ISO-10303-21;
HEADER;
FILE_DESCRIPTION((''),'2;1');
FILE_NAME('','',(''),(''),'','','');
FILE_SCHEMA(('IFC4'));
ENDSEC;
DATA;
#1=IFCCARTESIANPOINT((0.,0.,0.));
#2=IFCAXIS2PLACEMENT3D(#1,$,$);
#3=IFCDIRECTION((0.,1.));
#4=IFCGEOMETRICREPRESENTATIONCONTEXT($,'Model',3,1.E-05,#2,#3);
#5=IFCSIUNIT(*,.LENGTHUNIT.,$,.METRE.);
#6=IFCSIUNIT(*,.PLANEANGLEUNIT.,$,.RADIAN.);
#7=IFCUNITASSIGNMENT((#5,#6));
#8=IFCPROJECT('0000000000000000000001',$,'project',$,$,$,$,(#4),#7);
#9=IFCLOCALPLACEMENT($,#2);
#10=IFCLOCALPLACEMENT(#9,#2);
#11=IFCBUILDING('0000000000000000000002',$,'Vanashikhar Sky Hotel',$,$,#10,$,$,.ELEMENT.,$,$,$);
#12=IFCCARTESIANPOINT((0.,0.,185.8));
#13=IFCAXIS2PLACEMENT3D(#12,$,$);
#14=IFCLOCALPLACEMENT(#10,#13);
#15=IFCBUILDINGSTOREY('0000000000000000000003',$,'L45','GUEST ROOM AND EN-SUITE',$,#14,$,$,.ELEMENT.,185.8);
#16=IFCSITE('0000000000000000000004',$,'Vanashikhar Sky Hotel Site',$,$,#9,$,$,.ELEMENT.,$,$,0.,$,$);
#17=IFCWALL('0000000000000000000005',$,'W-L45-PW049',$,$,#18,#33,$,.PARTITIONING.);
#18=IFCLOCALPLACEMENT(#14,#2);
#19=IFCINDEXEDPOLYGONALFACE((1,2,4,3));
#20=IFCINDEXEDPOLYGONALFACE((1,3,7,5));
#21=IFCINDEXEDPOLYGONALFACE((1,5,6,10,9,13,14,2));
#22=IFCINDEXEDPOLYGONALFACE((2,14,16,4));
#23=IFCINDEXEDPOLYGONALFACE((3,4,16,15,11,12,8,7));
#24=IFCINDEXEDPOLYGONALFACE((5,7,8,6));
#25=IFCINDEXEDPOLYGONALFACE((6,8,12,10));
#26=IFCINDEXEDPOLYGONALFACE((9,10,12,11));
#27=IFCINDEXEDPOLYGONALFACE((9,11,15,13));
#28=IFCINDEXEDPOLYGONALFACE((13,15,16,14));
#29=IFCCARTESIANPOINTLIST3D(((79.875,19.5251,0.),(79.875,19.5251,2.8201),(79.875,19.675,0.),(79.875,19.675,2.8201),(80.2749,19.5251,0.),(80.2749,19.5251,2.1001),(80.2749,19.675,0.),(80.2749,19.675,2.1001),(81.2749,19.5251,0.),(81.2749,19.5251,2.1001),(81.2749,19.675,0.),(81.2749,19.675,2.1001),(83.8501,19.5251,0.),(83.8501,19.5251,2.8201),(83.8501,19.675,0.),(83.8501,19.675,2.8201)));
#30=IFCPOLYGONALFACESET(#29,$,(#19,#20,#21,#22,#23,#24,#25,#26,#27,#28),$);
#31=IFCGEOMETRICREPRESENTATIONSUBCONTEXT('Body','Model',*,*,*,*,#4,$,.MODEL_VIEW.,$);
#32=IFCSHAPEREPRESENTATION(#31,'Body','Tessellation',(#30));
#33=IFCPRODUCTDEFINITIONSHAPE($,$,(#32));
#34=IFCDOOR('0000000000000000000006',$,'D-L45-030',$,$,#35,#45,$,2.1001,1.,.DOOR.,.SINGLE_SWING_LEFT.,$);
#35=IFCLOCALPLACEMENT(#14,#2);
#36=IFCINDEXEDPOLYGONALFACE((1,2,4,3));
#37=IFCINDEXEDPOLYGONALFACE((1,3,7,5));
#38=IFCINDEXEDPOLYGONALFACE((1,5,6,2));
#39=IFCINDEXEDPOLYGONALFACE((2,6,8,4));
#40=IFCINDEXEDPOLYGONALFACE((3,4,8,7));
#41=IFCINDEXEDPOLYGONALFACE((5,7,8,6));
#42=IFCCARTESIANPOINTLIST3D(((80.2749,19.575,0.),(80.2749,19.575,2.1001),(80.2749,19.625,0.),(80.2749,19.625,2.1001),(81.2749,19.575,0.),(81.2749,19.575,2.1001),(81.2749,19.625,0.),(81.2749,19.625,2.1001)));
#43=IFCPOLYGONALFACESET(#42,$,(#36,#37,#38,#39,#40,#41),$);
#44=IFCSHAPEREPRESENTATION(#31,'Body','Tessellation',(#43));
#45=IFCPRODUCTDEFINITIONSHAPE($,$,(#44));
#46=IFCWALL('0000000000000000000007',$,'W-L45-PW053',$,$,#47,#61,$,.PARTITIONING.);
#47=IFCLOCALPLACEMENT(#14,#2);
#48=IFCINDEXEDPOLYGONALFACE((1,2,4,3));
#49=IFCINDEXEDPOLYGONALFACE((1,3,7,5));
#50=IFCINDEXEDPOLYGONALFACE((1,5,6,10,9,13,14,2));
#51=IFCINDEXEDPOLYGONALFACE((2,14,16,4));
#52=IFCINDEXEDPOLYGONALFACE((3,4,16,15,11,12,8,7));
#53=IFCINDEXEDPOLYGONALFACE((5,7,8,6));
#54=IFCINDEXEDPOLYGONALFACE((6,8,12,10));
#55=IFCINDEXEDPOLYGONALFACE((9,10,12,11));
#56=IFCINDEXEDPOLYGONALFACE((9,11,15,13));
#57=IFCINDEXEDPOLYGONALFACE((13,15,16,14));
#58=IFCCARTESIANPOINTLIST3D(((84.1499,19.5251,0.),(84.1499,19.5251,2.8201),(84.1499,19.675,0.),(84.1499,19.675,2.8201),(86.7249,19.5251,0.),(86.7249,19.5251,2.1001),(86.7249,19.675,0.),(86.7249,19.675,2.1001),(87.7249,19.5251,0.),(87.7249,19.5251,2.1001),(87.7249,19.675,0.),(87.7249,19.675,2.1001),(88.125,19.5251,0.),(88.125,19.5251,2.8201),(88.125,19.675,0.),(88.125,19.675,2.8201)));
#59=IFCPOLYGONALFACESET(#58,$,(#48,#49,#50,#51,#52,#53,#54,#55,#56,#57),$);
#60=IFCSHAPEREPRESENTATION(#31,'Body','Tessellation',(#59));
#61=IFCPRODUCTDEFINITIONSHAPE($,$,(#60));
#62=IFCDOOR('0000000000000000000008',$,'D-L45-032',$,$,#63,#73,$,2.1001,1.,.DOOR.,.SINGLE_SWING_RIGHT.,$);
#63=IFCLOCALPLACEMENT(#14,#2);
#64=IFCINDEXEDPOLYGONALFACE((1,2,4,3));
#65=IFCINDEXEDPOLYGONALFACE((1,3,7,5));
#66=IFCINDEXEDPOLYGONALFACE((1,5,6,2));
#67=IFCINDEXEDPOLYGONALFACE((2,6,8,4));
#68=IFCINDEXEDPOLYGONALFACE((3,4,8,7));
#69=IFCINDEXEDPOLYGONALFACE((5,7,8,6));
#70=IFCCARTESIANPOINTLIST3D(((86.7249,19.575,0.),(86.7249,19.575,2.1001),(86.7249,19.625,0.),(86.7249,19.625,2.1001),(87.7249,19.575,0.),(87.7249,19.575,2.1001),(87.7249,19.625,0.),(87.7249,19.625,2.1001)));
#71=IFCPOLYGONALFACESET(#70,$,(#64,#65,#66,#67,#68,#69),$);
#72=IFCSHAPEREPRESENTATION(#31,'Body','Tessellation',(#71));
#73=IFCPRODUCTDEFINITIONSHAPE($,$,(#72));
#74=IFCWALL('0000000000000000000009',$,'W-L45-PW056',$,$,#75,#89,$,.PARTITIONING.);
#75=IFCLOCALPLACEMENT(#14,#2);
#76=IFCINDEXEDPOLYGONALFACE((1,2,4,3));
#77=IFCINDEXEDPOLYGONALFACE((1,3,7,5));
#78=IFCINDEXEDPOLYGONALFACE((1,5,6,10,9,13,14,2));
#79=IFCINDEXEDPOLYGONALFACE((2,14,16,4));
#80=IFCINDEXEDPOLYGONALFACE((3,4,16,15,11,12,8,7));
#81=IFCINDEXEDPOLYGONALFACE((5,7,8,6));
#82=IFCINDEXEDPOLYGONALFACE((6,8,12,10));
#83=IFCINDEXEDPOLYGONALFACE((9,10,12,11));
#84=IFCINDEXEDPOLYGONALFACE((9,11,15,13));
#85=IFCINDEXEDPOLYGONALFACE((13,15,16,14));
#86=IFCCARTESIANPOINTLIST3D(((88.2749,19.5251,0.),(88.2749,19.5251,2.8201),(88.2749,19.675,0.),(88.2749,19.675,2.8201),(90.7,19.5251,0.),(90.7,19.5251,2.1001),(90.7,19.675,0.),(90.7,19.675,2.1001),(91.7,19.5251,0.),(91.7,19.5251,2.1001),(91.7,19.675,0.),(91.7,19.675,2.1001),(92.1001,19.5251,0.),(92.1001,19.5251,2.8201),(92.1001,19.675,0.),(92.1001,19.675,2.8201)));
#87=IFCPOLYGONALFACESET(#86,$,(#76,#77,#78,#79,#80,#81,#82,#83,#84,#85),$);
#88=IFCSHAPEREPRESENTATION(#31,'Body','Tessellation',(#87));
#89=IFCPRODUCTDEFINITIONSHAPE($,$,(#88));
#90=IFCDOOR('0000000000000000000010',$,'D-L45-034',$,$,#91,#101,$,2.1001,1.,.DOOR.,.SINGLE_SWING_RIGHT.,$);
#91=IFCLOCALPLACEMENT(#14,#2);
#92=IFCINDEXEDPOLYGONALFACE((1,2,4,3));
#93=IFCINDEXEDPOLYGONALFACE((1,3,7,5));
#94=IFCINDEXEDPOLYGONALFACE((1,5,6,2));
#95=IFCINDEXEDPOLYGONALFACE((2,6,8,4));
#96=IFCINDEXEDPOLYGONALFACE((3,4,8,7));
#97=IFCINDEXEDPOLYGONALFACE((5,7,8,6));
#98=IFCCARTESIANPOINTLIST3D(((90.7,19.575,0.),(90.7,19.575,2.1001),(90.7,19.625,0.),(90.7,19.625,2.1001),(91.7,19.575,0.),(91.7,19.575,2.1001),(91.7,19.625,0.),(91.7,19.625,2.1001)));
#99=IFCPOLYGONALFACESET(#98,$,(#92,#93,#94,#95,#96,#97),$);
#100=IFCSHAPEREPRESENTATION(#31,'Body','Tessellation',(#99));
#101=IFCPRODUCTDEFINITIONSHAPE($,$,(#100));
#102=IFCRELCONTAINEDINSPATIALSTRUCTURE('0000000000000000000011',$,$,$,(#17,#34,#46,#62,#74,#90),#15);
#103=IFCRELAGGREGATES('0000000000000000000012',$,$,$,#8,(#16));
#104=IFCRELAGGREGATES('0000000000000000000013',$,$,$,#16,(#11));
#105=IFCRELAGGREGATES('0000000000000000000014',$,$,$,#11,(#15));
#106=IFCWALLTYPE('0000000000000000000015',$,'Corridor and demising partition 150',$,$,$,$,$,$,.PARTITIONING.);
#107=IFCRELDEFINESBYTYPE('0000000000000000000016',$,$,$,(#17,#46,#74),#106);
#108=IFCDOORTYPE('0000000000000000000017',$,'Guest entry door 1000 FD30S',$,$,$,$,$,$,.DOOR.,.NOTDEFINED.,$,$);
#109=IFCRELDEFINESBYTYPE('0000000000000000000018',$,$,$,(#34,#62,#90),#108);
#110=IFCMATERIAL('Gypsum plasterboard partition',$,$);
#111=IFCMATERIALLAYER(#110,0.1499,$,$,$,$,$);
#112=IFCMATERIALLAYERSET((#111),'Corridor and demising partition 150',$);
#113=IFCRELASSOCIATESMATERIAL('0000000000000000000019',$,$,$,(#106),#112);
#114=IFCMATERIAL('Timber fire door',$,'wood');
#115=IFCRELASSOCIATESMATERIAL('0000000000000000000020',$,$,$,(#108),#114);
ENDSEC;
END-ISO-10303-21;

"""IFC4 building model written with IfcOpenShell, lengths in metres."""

from ifc_helpers import new_model, si_unit, direction, frame, frame_2d, origin, place, context, subcontext, project, spatial, rectangle, extrude, source, transform, mapped, material, layer, layer_set, type_object, element, fill, save


model = new_model("IFC4")

# Units and contexts
model_context = context("Model", 3, precision=1e-05, world=origin(), true_north=direction((0.0, 1.0)))
body_context = subcontext(model_context, "Body", "Model", "MODEL_VIEW")
ifc_project = project(units=[si_unit("LENGTHUNIT", "METRE"), si_unit("PLANEANGLEUNIT", "RADIAN")], contexts=[model_context])

# Site, building, storey
site_placement = place(None, origin())
site = spatial("IfcSite", under=ifc_project, at=site_placement, Name="Vanashikhar Sky Hotel Site", CompositionType="ELEMENT", RefElevation=0.0)
building_placement = place(site_placement, origin())
building = spatial("IfcBuilding", under=site, at=building_placement, Name="Vanashikhar Sky Hotel", CompositionType="ELEMENT")
storey_placement = place(building_placement, frame((0.0, 0.0, 185.8)))
storey = spatial("IfcBuildingStorey", under=building, at=storey_placement, Name="L45", Description="GUEST ROOM AND EN-SUITE", CompositionType="ELEMENT", Elevation=185.8)

# Shared definitions
ifc_material_1 = material(Name="Gypsum plasterboard partition")

# Walls, openings, doors
ifc_layer_1 = layer(ifc_material_1, 0.1499)
ifc_layer_set_1 = layer_set([ifc_layer_1], Name="Corridor and demising partition 150")
wall_type_1 = type_object("IfcWallType", Name="Corridor and demising partition 150", PredefinedType="PARTITIONING", material=ifc_layer_set_1)
shared_shape_1 = source(origin(), body_context, "Body", "SweptSolid", [
    extrude(rectangle(XDim=3.9751, YDim=0.1499, at=frame_2d((1.9875, 0.0))), origin(), (0.0, 0.0, 1.0), 2.8201),
])
wall_1_placement = place(storey_placement, frame((79.875, 19.6001, 0.0), z_axis=(0.0, 0.0, 1.0), x_axis=(1.0, 0.0, 0.0)))
wall_1 = element("IfcWall", 1, at=wall_1_placement, inside=storey, type_object=wall_type_1, Name="W-L45-PW049", PredefinedType="PARTITIONING", context=body_context, shape_type="MappedRepresentation", body=[
    mapped(shared_shape_1, transform((0.0, 0.0, 0.0), scale=1.0)),
])
shared_shape_2 = source(origin(), body_context, "Body", "SweptSolid", [
    extrude(rectangle(XDim=1.0, YDim=2.1001, at=frame_2d((0.5, 1.05))), frame((0.0, 0.085, 0.0), z_axis=(0.0, -1.0, 0.0), x_axis=(1.0, 0.0, 0.0)), (0.0, 0.0, 1.0), 0.1699),
])
opening_1_placement = place(wall_1_placement, frame((0.3999, 0.0, 0.0)))
opening_1 = element("IfcOpeningElement", 2, at=opening_1_placement, cuts=wall_1, PredefinedType="OPENING", context=body_context, shape_type="MappedRepresentation", body=[
    mapped(shared_shape_2, transform((0.0, 0.0, 0.0), scale=1.0)),
])
ifc_material_2 = material(Name="Timber fire door", Category="wood")
door_type_1 = type_object("IfcDoorType", Name="Guest entry door 1000 FD30S", OperationType="NOTDEFINED", PredefinedType="DOOR", material=ifc_material_2)
shared_shape_3 = source(origin(), body_context, "Body", "SweptSolid", [
    extrude(rectangle(XDim=1.0, YDim=2.1001, at=frame_2d((0.5, 1.05))), frame((0.0, 0.0249, 0.0), z_axis=(0.0, -1.0, 0.0), x_axis=(1.0, 0.0, 0.0)), (0.0, 0.0, 1.0), 0.05),
])
door_1_placement = place(opening_1_placement, origin())
door_1 = element("IfcDoor", 3, at=door_1_placement, inside=storey, type_object=door_type_1, Name="D-L45-030", OperationType="SINGLE_SWING_LEFT", OverallHeight=2.1001, OverallWidth=1.0, PredefinedType="DOOR", context=body_context, shape_type="MappedRepresentation", body=[
    mapped(shared_shape_3, transform((0.0, 0.0, 0.0), scale=1.0)),
])
fill(opening_1, door_1)
wall_2_placement = place(storey_placement, frame((84.1499, 19.6001, 0.0), z_axis=(0.0, 0.0, 1.0), x_axis=(1.0, 0.0, 0.0)))
wall_2 = element("IfcWall", 4, at=wall_2_placement, inside=storey, type_object=wall_type_1, Name="W-L45-PW053", PredefinedType="PARTITIONING", context=body_context, shape_type="MappedRepresentation", body=[
    mapped(shared_shape_1, transform((0.0, 0.0, 0.0), scale=1.0)),
])
opening_2_placement = place(wall_2_placement, frame((2.575, 0.0, 0.0)))
opening_2 = element("IfcOpeningElement", 5, at=opening_2_placement, cuts=wall_2, PredefinedType="OPENING", context=body_context, shape_type="MappedRepresentation", body=[
    mapped(shared_shape_2, transform((0.0, 0.0, 0.0), scale=1.0)),
])
door_2_placement = place(opening_2_placement, origin())
door_2 = element("IfcDoor", 6, at=door_2_placement, inside=storey, type_object=door_type_1, Name="D-L45-032", OperationType="SINGLE_SWING_RIGHT", OverallHeight=2.1001, OverallWidth=1.0, PredefinedType="DOOR", context=body_context, shape_type="MappedRepresentation", body=[
    mapped(shared_shape_3, transform((0.0, 0.0, 0.0), scale=1.0)),
])
fill(opening_2, door_2)
shared_shape_4 = source(origin(), body_context, "Body", "SweptSolid", [
    extrude(rectangle(XDim=3.8252, YDim=0.1499, at=frame_2d((1.9126, 0.0))), origin(), (0.0, 0.0, 1.0), 2.8201),
])
wall_3_placement = place(storey_placement, frame((88.2749, 19.6001, 0.0), z_axis=(0.0, 0.0, 1.0), x_axis=(1.0, 0.0, 0.0)))
wall_3 = element("IfcWall", 7, at=wall_3_placement, inside=storey, type_object=wall_type_1, Name="W-L45-PW056", PredefinedType="PARTITIONING", context=body_context, shape_type="MappedRepresentation", body=[
    mapped(shared_shape_4, transform((0.0, 0.0, 0.0), scale=1.0)),
])
opening_3_placement = place(wall_3_placement, frame((2.425, 0.0, 0.0)))
opening_3 = element("IfcOpeningElement", 8, at=opening_3_placement, cuts=wall_3, PredefinedType="OPENING", context=body_context, shape_type="MappedRepresentation", body=[
    mapped(shared_shape_2, transform((0.0, 0.0, 0.0), scale=1.0)),
])
door_3_placement = place(opening_3_placement, origin())
door_3 = element("IfcDoor", 9, at=door_3_placement, inside=storey, type_object=door_type_1, Name="D-L45-034", OperationType="SINGLE_SWING_RIGHT", OverallHeight=2.1001, OverallWidth=1.0, PredefinedType="DOOR", context=body_context, shape_type="MappedRepresentation", body=[
    mapped(shared_shape_3, transform((0.0, 0.0, 0.0), scale=1.0)),
])
fill(opening_3, door_3)

save(model, "model.ifc")
